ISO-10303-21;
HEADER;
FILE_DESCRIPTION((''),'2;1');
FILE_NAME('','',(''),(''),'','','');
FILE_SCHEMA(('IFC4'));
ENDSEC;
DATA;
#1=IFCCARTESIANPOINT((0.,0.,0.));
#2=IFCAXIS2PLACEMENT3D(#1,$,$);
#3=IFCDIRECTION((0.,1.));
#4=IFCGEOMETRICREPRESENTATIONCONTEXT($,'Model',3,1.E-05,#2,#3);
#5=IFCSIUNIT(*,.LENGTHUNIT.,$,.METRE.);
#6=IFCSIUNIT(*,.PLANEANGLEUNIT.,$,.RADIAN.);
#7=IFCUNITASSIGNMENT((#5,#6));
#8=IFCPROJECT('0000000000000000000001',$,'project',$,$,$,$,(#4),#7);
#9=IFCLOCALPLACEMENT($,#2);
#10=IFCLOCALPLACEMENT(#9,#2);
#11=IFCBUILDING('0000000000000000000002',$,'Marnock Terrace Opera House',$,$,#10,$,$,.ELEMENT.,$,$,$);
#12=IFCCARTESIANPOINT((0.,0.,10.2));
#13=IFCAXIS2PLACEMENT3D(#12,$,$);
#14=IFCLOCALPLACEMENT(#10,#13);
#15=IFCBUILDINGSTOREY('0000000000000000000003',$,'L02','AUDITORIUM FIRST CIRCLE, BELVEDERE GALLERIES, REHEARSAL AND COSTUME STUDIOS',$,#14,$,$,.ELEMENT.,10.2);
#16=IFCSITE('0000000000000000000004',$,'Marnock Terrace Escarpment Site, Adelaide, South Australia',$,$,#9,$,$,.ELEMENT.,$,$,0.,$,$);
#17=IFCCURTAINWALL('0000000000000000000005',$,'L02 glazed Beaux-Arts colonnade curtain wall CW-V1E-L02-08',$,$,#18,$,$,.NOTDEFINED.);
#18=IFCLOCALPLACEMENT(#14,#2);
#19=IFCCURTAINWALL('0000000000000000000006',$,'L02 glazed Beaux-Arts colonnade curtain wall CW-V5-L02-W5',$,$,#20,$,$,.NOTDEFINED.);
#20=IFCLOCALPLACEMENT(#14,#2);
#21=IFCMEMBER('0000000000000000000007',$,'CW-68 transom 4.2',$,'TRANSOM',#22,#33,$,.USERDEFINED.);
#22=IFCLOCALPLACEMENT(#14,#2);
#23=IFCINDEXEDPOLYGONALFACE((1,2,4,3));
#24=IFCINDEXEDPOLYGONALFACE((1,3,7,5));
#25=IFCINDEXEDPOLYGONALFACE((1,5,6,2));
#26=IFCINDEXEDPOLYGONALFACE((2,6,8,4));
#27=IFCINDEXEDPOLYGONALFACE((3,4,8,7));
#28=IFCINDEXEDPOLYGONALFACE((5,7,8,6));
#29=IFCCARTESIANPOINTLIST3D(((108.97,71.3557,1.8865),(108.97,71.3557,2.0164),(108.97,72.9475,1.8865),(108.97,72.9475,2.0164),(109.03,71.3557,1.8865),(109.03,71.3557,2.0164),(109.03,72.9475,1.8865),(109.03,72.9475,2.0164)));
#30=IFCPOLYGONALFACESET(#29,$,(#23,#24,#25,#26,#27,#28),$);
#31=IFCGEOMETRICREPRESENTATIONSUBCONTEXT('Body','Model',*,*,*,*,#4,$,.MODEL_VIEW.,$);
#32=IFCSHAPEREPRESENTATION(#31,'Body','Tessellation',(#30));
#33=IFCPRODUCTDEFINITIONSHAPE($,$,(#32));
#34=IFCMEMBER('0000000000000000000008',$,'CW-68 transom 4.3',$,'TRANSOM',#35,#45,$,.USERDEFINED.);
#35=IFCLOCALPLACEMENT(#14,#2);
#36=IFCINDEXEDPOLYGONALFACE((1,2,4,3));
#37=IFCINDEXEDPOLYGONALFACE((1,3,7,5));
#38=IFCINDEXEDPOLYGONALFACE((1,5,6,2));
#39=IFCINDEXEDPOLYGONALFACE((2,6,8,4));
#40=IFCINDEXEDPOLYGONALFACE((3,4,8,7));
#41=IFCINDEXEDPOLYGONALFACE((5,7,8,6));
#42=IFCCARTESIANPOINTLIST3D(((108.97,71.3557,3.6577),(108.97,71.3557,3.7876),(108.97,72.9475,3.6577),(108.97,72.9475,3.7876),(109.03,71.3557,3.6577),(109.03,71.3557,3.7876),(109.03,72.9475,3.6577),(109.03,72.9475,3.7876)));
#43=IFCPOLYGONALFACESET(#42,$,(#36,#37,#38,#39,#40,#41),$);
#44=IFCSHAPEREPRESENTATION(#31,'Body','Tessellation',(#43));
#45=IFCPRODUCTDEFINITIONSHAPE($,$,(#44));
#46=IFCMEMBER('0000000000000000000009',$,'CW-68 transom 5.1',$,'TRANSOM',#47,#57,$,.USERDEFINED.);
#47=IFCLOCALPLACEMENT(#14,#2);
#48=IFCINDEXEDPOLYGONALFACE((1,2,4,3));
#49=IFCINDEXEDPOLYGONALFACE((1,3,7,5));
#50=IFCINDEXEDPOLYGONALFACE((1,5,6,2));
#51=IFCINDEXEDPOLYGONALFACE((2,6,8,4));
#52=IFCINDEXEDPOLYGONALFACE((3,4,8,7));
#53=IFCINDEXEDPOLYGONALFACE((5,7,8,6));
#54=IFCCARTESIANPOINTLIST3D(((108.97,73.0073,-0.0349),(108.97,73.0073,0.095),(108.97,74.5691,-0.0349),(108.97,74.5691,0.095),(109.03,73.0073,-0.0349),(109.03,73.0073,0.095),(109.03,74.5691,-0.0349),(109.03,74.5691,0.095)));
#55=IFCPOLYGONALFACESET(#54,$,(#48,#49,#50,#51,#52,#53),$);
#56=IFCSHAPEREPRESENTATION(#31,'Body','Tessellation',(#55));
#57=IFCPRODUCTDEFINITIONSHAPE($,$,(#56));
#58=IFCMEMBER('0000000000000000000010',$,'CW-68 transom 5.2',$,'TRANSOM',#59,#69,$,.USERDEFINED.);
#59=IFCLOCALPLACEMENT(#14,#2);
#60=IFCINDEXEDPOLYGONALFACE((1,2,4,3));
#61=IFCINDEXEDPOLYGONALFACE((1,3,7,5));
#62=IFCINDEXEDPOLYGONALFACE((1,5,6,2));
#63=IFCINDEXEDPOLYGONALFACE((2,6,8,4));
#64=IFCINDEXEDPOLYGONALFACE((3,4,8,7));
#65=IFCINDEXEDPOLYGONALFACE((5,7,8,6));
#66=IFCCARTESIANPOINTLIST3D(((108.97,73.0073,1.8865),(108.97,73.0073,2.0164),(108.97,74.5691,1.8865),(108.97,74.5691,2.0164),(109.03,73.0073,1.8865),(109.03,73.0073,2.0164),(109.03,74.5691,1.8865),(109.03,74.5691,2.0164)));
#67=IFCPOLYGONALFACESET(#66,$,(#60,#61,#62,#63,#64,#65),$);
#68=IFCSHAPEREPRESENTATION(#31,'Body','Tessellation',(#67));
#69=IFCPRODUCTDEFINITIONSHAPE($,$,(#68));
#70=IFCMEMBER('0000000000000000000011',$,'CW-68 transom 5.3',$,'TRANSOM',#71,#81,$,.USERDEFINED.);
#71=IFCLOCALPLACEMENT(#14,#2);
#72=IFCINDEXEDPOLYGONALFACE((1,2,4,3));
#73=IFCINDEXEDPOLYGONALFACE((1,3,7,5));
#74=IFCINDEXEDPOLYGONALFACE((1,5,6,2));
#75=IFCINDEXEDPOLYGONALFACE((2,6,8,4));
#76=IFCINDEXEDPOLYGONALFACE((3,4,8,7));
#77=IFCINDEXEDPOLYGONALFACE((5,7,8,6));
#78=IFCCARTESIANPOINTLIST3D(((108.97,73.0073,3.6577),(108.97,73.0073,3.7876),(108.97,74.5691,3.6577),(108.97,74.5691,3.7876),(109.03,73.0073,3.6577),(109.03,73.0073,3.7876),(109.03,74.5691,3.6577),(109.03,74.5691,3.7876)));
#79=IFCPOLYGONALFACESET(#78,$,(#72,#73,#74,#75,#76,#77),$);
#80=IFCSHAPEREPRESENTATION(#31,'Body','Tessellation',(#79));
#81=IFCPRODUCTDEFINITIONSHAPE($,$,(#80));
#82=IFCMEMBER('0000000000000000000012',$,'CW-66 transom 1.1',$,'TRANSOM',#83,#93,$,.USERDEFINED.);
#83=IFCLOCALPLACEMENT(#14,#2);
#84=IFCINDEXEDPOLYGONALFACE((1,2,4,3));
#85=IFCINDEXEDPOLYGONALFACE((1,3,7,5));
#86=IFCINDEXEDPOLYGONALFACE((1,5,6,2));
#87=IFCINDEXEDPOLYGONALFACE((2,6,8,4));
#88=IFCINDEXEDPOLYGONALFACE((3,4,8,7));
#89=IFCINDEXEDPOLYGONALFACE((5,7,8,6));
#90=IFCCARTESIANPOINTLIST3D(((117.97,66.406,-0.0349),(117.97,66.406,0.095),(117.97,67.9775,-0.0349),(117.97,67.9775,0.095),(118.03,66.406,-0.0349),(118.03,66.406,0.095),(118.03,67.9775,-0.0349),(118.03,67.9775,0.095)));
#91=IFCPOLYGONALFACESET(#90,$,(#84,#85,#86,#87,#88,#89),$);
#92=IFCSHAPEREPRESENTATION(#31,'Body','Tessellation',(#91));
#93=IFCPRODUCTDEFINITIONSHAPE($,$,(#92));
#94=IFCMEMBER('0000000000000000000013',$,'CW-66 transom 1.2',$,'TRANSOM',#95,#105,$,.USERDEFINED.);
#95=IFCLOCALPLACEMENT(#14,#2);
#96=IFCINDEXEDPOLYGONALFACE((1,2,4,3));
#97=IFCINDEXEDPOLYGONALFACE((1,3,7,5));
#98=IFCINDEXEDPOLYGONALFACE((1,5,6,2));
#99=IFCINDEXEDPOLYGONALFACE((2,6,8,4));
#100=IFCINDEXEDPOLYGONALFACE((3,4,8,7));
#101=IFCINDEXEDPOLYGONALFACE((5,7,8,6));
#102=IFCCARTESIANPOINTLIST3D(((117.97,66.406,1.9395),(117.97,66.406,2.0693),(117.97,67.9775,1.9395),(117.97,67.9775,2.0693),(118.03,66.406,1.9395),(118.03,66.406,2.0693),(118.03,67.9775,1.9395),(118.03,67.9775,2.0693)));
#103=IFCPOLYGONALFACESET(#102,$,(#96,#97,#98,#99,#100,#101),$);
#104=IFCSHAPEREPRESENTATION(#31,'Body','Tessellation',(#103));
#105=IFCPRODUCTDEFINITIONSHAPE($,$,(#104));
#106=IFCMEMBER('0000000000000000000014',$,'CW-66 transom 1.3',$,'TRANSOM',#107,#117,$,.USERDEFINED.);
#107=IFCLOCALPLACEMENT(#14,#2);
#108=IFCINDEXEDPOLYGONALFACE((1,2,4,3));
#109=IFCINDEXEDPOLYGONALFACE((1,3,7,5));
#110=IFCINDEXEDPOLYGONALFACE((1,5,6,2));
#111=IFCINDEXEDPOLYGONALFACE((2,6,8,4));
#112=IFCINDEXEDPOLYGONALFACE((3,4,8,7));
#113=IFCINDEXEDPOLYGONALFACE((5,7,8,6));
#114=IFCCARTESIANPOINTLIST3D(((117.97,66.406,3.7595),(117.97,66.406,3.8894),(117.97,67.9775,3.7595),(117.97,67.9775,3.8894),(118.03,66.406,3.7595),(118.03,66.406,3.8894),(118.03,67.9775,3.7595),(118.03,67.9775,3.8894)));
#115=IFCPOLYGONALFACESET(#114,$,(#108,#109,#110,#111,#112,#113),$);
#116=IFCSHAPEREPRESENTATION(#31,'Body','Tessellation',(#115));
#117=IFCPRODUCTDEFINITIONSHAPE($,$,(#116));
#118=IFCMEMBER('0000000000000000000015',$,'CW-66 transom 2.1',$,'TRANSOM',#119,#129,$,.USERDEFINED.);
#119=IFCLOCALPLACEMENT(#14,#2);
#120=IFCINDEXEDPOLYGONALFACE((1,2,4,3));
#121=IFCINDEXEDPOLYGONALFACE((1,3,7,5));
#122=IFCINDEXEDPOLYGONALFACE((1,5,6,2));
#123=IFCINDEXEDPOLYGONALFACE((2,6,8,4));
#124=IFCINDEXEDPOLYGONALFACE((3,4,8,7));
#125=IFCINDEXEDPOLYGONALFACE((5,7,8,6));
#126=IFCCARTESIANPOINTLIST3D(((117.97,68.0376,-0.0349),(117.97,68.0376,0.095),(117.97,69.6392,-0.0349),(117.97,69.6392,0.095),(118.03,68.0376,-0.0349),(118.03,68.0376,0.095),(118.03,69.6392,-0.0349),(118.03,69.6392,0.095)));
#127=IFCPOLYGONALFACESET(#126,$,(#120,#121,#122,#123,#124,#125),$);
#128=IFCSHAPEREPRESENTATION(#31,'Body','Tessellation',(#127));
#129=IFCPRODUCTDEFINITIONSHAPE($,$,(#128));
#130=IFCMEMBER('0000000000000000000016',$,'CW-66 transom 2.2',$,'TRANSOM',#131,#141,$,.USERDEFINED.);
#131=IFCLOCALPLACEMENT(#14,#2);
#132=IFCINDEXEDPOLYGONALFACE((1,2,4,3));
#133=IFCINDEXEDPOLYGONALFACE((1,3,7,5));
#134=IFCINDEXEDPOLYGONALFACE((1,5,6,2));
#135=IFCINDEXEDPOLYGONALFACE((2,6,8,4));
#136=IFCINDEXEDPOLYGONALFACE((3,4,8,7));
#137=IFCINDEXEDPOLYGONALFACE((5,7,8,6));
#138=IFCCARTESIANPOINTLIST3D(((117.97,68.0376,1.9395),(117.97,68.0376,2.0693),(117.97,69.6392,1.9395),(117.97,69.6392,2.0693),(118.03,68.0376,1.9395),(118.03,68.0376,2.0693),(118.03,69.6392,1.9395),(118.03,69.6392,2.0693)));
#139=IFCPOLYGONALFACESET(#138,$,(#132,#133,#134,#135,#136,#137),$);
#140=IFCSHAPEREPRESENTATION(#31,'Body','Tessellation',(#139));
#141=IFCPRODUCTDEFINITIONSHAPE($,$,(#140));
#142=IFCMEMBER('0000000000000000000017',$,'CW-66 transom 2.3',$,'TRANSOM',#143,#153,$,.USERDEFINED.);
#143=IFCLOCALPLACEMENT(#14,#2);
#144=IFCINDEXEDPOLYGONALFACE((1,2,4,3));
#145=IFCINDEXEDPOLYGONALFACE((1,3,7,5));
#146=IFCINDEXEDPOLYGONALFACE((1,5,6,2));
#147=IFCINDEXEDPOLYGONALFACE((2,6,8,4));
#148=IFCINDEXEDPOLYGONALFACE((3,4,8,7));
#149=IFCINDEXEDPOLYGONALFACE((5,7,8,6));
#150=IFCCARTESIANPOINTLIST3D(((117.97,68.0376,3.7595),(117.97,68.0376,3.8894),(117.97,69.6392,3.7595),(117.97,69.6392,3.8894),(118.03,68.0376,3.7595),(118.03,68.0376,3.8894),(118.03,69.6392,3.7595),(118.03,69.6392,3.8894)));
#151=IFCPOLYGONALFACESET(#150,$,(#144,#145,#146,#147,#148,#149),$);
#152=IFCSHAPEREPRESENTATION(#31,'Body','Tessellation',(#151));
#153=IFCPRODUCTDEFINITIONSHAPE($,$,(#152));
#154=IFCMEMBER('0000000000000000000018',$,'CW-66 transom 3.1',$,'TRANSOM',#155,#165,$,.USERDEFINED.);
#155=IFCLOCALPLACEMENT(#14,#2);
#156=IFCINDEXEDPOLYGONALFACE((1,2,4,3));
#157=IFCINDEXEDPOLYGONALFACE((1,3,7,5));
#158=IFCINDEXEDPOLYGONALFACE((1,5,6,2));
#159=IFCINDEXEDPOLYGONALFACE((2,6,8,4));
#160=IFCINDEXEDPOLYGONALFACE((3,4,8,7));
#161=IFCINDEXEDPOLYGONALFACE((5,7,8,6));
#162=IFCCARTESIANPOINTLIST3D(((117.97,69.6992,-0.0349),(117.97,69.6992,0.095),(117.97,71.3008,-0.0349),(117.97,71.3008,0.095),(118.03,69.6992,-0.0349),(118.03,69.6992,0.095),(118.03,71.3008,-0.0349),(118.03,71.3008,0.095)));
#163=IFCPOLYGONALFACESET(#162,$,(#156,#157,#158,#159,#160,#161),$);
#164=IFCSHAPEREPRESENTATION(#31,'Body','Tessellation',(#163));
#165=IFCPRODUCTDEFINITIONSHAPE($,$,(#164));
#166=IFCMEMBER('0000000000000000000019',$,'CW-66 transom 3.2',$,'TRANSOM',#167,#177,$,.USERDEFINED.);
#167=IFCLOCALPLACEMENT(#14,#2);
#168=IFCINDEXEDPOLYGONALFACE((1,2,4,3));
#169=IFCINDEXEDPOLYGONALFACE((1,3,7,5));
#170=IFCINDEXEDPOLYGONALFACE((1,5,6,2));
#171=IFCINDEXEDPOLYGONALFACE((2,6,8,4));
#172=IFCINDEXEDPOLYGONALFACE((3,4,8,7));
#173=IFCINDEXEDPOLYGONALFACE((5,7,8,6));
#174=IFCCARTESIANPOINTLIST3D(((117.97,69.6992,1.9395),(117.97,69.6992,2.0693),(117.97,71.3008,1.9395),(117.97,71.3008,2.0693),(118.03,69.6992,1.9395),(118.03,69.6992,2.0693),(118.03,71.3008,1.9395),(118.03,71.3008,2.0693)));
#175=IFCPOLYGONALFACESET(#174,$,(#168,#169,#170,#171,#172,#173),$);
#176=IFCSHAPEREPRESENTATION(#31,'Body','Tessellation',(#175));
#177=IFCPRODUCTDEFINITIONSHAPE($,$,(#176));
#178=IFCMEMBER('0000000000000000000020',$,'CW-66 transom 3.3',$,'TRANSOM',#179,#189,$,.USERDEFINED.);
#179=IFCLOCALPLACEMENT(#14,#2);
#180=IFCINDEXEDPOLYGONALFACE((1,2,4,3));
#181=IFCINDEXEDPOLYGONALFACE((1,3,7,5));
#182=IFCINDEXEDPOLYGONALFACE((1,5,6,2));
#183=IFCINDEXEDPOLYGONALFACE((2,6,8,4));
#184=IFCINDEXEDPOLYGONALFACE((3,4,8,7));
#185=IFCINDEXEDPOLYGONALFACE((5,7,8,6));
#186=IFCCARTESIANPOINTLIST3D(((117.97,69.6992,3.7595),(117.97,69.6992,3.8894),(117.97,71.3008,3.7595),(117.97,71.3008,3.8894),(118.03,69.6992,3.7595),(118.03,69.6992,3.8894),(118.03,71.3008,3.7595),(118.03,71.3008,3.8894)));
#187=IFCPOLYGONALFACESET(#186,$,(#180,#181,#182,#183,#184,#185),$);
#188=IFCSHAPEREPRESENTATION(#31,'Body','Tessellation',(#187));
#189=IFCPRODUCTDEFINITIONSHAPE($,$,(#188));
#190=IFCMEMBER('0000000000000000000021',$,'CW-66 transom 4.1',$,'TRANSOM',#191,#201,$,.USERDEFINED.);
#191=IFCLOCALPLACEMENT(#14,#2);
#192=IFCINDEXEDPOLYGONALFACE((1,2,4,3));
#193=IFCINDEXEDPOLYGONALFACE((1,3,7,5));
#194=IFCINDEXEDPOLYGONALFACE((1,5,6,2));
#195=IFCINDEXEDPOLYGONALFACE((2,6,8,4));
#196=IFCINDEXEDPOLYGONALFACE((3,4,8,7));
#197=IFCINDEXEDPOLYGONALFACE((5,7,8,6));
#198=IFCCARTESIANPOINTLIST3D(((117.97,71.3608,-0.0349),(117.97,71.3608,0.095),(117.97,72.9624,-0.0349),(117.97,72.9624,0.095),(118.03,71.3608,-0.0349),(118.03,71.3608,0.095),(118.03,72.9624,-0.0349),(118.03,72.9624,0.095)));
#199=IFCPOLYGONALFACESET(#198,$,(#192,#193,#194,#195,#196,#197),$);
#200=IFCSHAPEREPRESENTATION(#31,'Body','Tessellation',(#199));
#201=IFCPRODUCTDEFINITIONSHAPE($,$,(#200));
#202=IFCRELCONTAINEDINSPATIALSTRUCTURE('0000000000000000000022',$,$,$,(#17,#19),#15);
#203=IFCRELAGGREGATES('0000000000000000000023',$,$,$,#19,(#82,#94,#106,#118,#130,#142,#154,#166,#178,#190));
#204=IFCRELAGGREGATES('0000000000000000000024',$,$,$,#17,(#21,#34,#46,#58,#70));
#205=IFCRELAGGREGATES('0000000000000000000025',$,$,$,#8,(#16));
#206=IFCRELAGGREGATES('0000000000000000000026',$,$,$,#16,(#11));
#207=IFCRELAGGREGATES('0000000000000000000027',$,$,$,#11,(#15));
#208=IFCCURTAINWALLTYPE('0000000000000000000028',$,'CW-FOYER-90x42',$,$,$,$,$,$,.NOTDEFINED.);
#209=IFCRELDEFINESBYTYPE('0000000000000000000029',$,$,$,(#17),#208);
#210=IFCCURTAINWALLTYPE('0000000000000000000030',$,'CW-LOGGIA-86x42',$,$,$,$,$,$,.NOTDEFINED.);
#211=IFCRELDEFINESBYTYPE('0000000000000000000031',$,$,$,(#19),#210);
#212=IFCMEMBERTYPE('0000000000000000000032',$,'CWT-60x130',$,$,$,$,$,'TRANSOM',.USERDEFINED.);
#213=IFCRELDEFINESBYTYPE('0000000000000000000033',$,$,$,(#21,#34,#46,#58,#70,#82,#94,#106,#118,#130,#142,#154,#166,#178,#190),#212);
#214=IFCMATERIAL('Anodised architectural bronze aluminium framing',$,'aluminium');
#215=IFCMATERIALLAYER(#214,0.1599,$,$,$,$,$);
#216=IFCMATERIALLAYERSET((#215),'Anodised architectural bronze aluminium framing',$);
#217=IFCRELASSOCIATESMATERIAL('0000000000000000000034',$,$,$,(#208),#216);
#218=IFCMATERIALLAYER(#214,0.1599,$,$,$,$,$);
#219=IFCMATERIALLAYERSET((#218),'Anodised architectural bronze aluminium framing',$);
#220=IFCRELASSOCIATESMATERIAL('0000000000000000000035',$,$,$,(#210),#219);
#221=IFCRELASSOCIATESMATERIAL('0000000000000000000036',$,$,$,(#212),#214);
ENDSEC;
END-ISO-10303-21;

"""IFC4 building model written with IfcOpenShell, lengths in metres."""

from ifc_helpers import new_model, si_unit, direction, frame, origin, origin_2d, place, context, subcontext, project, spatial, rectangle, extrude, material, layer, layer_set, material_profile, profile_set, type_object, element, aggregate, save


model = new_model("IFC4")

# Units and contexts
model_context = context("Model", 3, precision=1e-05, world=origin(), true_north=direction((0.0, 1.0)))
body_context = subcontext(model_context, "Body", "Model", "MODEL_VIEW")
ifc_project = project(units=[si_unit("LENGTHUNIT", "METRE"), si_unit("PLANEANGLEUNIT", "RADIAN")], contexts=[model_context])

# Site, building, storey
site_placement = place(None, origin())
site = spatial("IfcSite", under=ifc_project, at=site_placement, Name="Marnock Terrace Escarpment Site, Adelaide, South Australia", CompositionType="ELEMENT", RefElevation=0.0)
building_placement = place(site_placement, origin())
building = spatial("IfcBuilding", under=site, at=building_placement, Name="Marnock Terrace Opera House", CompositionType="ELEMENT")
storey_placement = place(building_placement, frame((0.0, 0.0, 10.2)))
storey = spatial("IfcBuildingStorey", under=building, at=storey_placement, Name="L02", Description="AUDITORIUM FIRST CIRCLE, BELVEDERE GALLERIES, REHEARSAL AND COSTUME STUDIOS", CompositionType="ELEMENT", Elevation=10.2)

# Curtain wall
ifc_material_1 = material(Name="Anodised architectural bronze aluminium framing", Category="aluminium")
ifc_layer_1 = layer(ifc_material_1, 0.1599)
ifc_layer_set_1 = layer_set([ifc_layer_1], Name="Anodised architectural bronze aluminium framing")
curtain_wall_type_1 = type_object("IfcCurtainWallType", Name="CW-FOYER-90x42", PredefinedType="NOTDEFINED", material=ifc_layer_set_1)
curtain_wall_1_placement = place(storey_placement, origin())
curtain_wall_1 = element("IfcCurtainWall", 1, at=curtain_wall_1_placement, inside=storey, type_object=curtain_wall_type_1, Name="L02 glazed Beaux-Arts colonnade curtain wall CW-V1E-L02-08", PredefinedType="NOTDEFINED")

# Curtain wall
ifc_layer_2 = layer(ifc_material_1, 0.1599)
ifc_layer_set_2 = layer_set([ifc_layer_2], Name="Anodised architectural bronze aluminium framing")
curtain_wall_type_2 = type_object("IfcCurtainWallType", Name="CW-LOGGIA-86x42", PredefinedType="NOTDEFINED", material=ifc_layer_set_2)
curtain_wall_2_placement = place(storey_placement, origin())
curtain_wall_2 = element("IfcCurtainWall", 2, at=curtain_wall_2_placement, inside=storey, type_object=curtain_wall_type_2, Name="L02 glazed Beaux-Arts colonnade curtain wall CW-V5-L02-W5", PredefinedType="NOTDEFINED")

# Members
ifc_material_profile_1 = material_profile(ifc_material_1, rectangle(XDim=0.0601, YDim=0.1299, at=origin_2d()))
ifc_profile_set_1 = profile_set([ifc_material_profile_1], Name="Anodised architectural bronze aluminium framing")
member_type_1 = type_object("IfcMemberType", Name="CWT-60x130", ElementType="TRANSOM", PredefinedType="USERDEFINED", material=ifc_profile_set_1)
member_1_placement = place(storey_placement, frame((109.0, 71.3557, 1.9514), z_axis=(0.0, 1.0, 0.0), x_axis=(-1.0, 0.0, 0.0)))
member_1 = element("IfcMember", 3, at=member_1_placement, type_object=member_type_1, Name="CW-68 transom 4.2", ObjectType="TRANSOM", PredefinedType="USERDEFINED", context=body_context, shape_type="SweptSolid", body=[
    extrude(rectangle(XDim=0.0601, YDim=0.1299, at=origin_2d()), origin(), (0.0, 0.0, 1.0), 1.5918),
])
member_2_placement = place(storey_placement, frame((109.0, 71.3557, 3.7227), z_axis=(0.0, 1.0, 0.0), x_axis=(-1.0, 0.0, 0.0)))
member_2 = element("IfcMember", 4, at=member_2_placement, type_object=member_type_1, Name="CW-68 transom 4.3", ObjectType="TRANSOM", PredefinedType="USERDEFINED", context=body_context, shape_type="SweptSolid", body=[
    extrude(rectangle(XDim=0.0601, YDim=0.1299, at=origin_2d()), origin(), (0.0, 0.0, 1.0), 1.5918),
])
member_3_placement = place(storey_placement, frame((109.0, 73.0073, 0.03), z_axis=(0.0, 1.0, 0.0), x_axis=(-1.0, 0.0, 0.0)))
member_3 = element("IfcMember", 5, at=member_3_placement, type_object=member_type_1, Name="CW-68 transom 5.1", ObjectType="TRANSOM", PredefinedType="USERDEFINED", context=body_context, shape_type="SweptSolid", body=[
    extrude(rectangle(XDim=0.0601, YDim=0.1299, at=origin_2d()), origin(), (0.0, 0.0, 1.0), 1.5618),
])
member_4_placement = place(storey_placement, frame((109.0, 73.0073, 1.9514), z_axis=(0.0, 1.0, 0.0), x_axis=(-1.0, 0.0, 0.0)))
member_4 = element("IfcMember", 6, at=member_4_placement, type_object=member_type_1, Name="CW-68 transom 5.2", ObjectType="TRANSOM", PredefinedType="USERDEFINED", context=body_context, shape_type="SweptSolid", body=[
    extrude(rectangle(XDim=0.0601, YDim=0.1299, at=origin_2d()), origin(), (0.0, 0.0, 1.0), 1.5618),
])
member_5_placement = place(storey_placement, frame((109.0, 73.0073, 3.7227), z_axis=(0.0, 1.0, 0.0), x_axis=(-1.0, 0.0, 0.0)))
member_5 = element("IfcMember", 7, at=member_5_placement, type_object=member_type_1, Name="CW-68 transom 5.3", ObjectType="TRANSOM", PredefinedType="USERDEFINED", context=body_context, shape_type="SweptSolid", body=[
    extrude(rectangle(XDim=0.0601, YDim=0.1299, at=origin_2d()), origin(), (0.0, 0.0, 1.0), 1.5618),
])
member_6_placement = place(storey_placement, frame((118.0, 66.406, 0.03), z_axis=(0.0, 1.0, 0.0), x_axis=(-1.0, 0.0, 0.0)))
member_6 = element("IfcMember", 8, at=member_6_placement, type_object=member_type_1, Name="CW-66 transom 1.1", ObjectType="TRANSOM", PredefinedType="USERDEFINED", context=body_context, shape_type="SweptSolid", body=[
    extrude(rectangle(XDim=0.0601, YDim=0.1299, at=origin_2d()), origin(), (0.0, 0.0, 1.0), 1.5715),
])
member_7_placement = place(storey_placement, frame((118.0, 66.406, 2.0044), z_axis=(0.0, 1.0, 0.0), x_axis=(-1.0, 0.0, 0.0)))
member_7 = element("IfcMember", 9, at=member_7_placement, type_object=member_type_1, Name="CW-66 transom 1.2", ObjectType="TRANSOM", PredefinedType="USERDEFINED", context=body_context, shape_type="SweptSolid", body=[
    extrude(rectangle(XDim=0.0601, YDim=0.1299, at=origin_2d()), origin(), (0.0, 0.0, 1.0), 1.5715),
])
member_8_placement = place(storey_placement, frame((118.0, 66.406, 3.8245), z_axis=(0.0, 1.0, 0.0), x_axis=(-1.0, 0.0, 0.0)))
member_8 = element("IfcMember", 10, at=member_8_placement, type_object=member_type_1, Name="CW-66 transom 1.3", ObjectType="TRANSOM", PredefinedType="USERDEFINED", context=body_context, shape_type="SweptSolid", body=[
    extrude(rectangle(XDim=0.0601, YDim=0.1299, at=origin_2d()), origin(), (0.0, 0.0, 1.0), 1.5715),
])
member_9_placement = place(storey_placement, frame((118.0, 68.0376, 0.03), z_axis=(0.0, 1.0, 0.0), x_axis=(-1.0, 0.0, 0.0)))
member_9 = element("IfcMember", 11, at=member_9_placement, type_object=member_type_1, Name="CW-66 transom 2.1", ObjectType="TRANSOM", PredefinedType="USERDEFINED", context=body_context, shape_type="SweptSolid", body=[
    extrude(rectangle(XDim=0.0601, YDim=0.1299, at=origin_2d()), origin(), (0.0, 0.0, 1.0), 1.6016),
])
member_10_placement = place(storey_placement, frame((118.0, 68.0376, 2.0044), z_axis=(0.0, 1.0, 0.0), x_axis=(-1.0, 0.0, 0.0)))
member_10 = element("IfcMember", 12, at=member_10_placement, type_object=member_type_1, Name="CW-66 transom 2.2", ObjectType="TRANSOM", PredefinedType="USERDEFINED", context=body_context, shape_type="SweptSolid", body=[
    extrude(rectangle(XDim=0.0601, YDim=0.1299, at=origin_2d()), origin(), (0.0, 0.0, 1.0), 1.6016),
])
member_11_placement = place(storey_placement, frame((118.0, 68.0376, 3.8245), z_axis=(0.0, 1.0, 0.0), x_axis=(-1.0, 0.0, 0.0)))
member_11 = element("IfcMember", 13, at=member_11_placement, type_object=member_type_1, Name="CW-66 transom 2.3", ObjectType="TRANSOM", PredefinedType="USERDEFINED", context=body_context, shape_type="SweptSolid", body=[
    extrude(rectangle(XDim=0.0601, YDim=0.1299, at=origin_2d()), origin(), (0.0, 0.0, 1.0), 1.6016),
])
member_12_placement = place(storey_placement, frame((118.0, 69.6992, 0.03), z_axis=(0.0, 1.0, 0.0), x_axis=(-1.0, 0.0, 0.0)))
member_12 = element("IfcMember", 14, at=member_12_placement, type_object=member_type_1, Name="CW-66 transom 3.1", ObjectType="TRANSOM", PredefinedType="USERDEFINED", context=body_context, shape_type="SweptSolid", body=[
    extrude(rectangle(XDim=0.0601, YDim=0.1299, at=origin_2d()), origin(), (0.0, 0.0, 1.0), 1.6016),
])
member_13_placement = place(storey_placement, frame((118.0, 69.6992, 2.0044), z_axis=(0.0, 1.0, 0.0), x_axis=(-1.0, 0.0, 0.0)))
member_13 = element("IfcMember", 15, at=member_13_placement, type_object=member_type_1, Name="CW-66 transom 3.2", ObjectType="TRANSOM", PredefinedType="USERDEFINED", context=body_context, shape_type="SweptSolid", body=[
    extrude(rectangle(XDim=0.0601, YDim=0.1299, at=origin_2d()), origin(), (0.0, 0.0, 1.0), 1.6016),
])
member_14_placement = place(storey_placement, frame((118.0, 69.6992, 3.8245), z_axis=(0.0, 1.0, 0.0), x_axis=(-1.0, 0.0, 0.0)))
member_14 = element("IfcMember", 16, at=member_14_placement, type_object=member_type_1, Name="CW-66 transom 3.3", ObjectType="TRANSOM", PredefinedType="USERDEFINED", context=body_context, shape_type="SweptSolid", body=[
    extrude(rectangle(XDim=0.0601, YDim=0.1299, at=origin_2d()), origin(), (0.0, 0.0, 1.0), 1.6016),
])
member_15_placement = place(storey_placement, frame((118.0, 71.3608, 0.03), z_axis=(0.0, 1.0, 0.0), x_axis=(-1.0, 0.0, 0.0)))
member_15 = element("IfcMember", 17, at=member_15_placement, type_object=member_type_1, Name="CW-66 transom 4.1", ObjectType="TRANSOM", PredefinedType="USERDEFINED", context=body_context, shape_type="SweptSolid", body=[
    extrude(rectangle(XDim=0.0601, YDim=0.1299, at=origin_2d()), origin(), (0.0, 0.0, 1.0), 1.6016),
])

aggregate(curtain_wall_2, [member_6, member_7, member_8, member_9, member_10, member_11, member_12, member_13, member_14, member_15])
aggregate(curtain_wall_1, [member_1, member_2, member_3, member_4, member_5])

save(model, "model.ifc")
